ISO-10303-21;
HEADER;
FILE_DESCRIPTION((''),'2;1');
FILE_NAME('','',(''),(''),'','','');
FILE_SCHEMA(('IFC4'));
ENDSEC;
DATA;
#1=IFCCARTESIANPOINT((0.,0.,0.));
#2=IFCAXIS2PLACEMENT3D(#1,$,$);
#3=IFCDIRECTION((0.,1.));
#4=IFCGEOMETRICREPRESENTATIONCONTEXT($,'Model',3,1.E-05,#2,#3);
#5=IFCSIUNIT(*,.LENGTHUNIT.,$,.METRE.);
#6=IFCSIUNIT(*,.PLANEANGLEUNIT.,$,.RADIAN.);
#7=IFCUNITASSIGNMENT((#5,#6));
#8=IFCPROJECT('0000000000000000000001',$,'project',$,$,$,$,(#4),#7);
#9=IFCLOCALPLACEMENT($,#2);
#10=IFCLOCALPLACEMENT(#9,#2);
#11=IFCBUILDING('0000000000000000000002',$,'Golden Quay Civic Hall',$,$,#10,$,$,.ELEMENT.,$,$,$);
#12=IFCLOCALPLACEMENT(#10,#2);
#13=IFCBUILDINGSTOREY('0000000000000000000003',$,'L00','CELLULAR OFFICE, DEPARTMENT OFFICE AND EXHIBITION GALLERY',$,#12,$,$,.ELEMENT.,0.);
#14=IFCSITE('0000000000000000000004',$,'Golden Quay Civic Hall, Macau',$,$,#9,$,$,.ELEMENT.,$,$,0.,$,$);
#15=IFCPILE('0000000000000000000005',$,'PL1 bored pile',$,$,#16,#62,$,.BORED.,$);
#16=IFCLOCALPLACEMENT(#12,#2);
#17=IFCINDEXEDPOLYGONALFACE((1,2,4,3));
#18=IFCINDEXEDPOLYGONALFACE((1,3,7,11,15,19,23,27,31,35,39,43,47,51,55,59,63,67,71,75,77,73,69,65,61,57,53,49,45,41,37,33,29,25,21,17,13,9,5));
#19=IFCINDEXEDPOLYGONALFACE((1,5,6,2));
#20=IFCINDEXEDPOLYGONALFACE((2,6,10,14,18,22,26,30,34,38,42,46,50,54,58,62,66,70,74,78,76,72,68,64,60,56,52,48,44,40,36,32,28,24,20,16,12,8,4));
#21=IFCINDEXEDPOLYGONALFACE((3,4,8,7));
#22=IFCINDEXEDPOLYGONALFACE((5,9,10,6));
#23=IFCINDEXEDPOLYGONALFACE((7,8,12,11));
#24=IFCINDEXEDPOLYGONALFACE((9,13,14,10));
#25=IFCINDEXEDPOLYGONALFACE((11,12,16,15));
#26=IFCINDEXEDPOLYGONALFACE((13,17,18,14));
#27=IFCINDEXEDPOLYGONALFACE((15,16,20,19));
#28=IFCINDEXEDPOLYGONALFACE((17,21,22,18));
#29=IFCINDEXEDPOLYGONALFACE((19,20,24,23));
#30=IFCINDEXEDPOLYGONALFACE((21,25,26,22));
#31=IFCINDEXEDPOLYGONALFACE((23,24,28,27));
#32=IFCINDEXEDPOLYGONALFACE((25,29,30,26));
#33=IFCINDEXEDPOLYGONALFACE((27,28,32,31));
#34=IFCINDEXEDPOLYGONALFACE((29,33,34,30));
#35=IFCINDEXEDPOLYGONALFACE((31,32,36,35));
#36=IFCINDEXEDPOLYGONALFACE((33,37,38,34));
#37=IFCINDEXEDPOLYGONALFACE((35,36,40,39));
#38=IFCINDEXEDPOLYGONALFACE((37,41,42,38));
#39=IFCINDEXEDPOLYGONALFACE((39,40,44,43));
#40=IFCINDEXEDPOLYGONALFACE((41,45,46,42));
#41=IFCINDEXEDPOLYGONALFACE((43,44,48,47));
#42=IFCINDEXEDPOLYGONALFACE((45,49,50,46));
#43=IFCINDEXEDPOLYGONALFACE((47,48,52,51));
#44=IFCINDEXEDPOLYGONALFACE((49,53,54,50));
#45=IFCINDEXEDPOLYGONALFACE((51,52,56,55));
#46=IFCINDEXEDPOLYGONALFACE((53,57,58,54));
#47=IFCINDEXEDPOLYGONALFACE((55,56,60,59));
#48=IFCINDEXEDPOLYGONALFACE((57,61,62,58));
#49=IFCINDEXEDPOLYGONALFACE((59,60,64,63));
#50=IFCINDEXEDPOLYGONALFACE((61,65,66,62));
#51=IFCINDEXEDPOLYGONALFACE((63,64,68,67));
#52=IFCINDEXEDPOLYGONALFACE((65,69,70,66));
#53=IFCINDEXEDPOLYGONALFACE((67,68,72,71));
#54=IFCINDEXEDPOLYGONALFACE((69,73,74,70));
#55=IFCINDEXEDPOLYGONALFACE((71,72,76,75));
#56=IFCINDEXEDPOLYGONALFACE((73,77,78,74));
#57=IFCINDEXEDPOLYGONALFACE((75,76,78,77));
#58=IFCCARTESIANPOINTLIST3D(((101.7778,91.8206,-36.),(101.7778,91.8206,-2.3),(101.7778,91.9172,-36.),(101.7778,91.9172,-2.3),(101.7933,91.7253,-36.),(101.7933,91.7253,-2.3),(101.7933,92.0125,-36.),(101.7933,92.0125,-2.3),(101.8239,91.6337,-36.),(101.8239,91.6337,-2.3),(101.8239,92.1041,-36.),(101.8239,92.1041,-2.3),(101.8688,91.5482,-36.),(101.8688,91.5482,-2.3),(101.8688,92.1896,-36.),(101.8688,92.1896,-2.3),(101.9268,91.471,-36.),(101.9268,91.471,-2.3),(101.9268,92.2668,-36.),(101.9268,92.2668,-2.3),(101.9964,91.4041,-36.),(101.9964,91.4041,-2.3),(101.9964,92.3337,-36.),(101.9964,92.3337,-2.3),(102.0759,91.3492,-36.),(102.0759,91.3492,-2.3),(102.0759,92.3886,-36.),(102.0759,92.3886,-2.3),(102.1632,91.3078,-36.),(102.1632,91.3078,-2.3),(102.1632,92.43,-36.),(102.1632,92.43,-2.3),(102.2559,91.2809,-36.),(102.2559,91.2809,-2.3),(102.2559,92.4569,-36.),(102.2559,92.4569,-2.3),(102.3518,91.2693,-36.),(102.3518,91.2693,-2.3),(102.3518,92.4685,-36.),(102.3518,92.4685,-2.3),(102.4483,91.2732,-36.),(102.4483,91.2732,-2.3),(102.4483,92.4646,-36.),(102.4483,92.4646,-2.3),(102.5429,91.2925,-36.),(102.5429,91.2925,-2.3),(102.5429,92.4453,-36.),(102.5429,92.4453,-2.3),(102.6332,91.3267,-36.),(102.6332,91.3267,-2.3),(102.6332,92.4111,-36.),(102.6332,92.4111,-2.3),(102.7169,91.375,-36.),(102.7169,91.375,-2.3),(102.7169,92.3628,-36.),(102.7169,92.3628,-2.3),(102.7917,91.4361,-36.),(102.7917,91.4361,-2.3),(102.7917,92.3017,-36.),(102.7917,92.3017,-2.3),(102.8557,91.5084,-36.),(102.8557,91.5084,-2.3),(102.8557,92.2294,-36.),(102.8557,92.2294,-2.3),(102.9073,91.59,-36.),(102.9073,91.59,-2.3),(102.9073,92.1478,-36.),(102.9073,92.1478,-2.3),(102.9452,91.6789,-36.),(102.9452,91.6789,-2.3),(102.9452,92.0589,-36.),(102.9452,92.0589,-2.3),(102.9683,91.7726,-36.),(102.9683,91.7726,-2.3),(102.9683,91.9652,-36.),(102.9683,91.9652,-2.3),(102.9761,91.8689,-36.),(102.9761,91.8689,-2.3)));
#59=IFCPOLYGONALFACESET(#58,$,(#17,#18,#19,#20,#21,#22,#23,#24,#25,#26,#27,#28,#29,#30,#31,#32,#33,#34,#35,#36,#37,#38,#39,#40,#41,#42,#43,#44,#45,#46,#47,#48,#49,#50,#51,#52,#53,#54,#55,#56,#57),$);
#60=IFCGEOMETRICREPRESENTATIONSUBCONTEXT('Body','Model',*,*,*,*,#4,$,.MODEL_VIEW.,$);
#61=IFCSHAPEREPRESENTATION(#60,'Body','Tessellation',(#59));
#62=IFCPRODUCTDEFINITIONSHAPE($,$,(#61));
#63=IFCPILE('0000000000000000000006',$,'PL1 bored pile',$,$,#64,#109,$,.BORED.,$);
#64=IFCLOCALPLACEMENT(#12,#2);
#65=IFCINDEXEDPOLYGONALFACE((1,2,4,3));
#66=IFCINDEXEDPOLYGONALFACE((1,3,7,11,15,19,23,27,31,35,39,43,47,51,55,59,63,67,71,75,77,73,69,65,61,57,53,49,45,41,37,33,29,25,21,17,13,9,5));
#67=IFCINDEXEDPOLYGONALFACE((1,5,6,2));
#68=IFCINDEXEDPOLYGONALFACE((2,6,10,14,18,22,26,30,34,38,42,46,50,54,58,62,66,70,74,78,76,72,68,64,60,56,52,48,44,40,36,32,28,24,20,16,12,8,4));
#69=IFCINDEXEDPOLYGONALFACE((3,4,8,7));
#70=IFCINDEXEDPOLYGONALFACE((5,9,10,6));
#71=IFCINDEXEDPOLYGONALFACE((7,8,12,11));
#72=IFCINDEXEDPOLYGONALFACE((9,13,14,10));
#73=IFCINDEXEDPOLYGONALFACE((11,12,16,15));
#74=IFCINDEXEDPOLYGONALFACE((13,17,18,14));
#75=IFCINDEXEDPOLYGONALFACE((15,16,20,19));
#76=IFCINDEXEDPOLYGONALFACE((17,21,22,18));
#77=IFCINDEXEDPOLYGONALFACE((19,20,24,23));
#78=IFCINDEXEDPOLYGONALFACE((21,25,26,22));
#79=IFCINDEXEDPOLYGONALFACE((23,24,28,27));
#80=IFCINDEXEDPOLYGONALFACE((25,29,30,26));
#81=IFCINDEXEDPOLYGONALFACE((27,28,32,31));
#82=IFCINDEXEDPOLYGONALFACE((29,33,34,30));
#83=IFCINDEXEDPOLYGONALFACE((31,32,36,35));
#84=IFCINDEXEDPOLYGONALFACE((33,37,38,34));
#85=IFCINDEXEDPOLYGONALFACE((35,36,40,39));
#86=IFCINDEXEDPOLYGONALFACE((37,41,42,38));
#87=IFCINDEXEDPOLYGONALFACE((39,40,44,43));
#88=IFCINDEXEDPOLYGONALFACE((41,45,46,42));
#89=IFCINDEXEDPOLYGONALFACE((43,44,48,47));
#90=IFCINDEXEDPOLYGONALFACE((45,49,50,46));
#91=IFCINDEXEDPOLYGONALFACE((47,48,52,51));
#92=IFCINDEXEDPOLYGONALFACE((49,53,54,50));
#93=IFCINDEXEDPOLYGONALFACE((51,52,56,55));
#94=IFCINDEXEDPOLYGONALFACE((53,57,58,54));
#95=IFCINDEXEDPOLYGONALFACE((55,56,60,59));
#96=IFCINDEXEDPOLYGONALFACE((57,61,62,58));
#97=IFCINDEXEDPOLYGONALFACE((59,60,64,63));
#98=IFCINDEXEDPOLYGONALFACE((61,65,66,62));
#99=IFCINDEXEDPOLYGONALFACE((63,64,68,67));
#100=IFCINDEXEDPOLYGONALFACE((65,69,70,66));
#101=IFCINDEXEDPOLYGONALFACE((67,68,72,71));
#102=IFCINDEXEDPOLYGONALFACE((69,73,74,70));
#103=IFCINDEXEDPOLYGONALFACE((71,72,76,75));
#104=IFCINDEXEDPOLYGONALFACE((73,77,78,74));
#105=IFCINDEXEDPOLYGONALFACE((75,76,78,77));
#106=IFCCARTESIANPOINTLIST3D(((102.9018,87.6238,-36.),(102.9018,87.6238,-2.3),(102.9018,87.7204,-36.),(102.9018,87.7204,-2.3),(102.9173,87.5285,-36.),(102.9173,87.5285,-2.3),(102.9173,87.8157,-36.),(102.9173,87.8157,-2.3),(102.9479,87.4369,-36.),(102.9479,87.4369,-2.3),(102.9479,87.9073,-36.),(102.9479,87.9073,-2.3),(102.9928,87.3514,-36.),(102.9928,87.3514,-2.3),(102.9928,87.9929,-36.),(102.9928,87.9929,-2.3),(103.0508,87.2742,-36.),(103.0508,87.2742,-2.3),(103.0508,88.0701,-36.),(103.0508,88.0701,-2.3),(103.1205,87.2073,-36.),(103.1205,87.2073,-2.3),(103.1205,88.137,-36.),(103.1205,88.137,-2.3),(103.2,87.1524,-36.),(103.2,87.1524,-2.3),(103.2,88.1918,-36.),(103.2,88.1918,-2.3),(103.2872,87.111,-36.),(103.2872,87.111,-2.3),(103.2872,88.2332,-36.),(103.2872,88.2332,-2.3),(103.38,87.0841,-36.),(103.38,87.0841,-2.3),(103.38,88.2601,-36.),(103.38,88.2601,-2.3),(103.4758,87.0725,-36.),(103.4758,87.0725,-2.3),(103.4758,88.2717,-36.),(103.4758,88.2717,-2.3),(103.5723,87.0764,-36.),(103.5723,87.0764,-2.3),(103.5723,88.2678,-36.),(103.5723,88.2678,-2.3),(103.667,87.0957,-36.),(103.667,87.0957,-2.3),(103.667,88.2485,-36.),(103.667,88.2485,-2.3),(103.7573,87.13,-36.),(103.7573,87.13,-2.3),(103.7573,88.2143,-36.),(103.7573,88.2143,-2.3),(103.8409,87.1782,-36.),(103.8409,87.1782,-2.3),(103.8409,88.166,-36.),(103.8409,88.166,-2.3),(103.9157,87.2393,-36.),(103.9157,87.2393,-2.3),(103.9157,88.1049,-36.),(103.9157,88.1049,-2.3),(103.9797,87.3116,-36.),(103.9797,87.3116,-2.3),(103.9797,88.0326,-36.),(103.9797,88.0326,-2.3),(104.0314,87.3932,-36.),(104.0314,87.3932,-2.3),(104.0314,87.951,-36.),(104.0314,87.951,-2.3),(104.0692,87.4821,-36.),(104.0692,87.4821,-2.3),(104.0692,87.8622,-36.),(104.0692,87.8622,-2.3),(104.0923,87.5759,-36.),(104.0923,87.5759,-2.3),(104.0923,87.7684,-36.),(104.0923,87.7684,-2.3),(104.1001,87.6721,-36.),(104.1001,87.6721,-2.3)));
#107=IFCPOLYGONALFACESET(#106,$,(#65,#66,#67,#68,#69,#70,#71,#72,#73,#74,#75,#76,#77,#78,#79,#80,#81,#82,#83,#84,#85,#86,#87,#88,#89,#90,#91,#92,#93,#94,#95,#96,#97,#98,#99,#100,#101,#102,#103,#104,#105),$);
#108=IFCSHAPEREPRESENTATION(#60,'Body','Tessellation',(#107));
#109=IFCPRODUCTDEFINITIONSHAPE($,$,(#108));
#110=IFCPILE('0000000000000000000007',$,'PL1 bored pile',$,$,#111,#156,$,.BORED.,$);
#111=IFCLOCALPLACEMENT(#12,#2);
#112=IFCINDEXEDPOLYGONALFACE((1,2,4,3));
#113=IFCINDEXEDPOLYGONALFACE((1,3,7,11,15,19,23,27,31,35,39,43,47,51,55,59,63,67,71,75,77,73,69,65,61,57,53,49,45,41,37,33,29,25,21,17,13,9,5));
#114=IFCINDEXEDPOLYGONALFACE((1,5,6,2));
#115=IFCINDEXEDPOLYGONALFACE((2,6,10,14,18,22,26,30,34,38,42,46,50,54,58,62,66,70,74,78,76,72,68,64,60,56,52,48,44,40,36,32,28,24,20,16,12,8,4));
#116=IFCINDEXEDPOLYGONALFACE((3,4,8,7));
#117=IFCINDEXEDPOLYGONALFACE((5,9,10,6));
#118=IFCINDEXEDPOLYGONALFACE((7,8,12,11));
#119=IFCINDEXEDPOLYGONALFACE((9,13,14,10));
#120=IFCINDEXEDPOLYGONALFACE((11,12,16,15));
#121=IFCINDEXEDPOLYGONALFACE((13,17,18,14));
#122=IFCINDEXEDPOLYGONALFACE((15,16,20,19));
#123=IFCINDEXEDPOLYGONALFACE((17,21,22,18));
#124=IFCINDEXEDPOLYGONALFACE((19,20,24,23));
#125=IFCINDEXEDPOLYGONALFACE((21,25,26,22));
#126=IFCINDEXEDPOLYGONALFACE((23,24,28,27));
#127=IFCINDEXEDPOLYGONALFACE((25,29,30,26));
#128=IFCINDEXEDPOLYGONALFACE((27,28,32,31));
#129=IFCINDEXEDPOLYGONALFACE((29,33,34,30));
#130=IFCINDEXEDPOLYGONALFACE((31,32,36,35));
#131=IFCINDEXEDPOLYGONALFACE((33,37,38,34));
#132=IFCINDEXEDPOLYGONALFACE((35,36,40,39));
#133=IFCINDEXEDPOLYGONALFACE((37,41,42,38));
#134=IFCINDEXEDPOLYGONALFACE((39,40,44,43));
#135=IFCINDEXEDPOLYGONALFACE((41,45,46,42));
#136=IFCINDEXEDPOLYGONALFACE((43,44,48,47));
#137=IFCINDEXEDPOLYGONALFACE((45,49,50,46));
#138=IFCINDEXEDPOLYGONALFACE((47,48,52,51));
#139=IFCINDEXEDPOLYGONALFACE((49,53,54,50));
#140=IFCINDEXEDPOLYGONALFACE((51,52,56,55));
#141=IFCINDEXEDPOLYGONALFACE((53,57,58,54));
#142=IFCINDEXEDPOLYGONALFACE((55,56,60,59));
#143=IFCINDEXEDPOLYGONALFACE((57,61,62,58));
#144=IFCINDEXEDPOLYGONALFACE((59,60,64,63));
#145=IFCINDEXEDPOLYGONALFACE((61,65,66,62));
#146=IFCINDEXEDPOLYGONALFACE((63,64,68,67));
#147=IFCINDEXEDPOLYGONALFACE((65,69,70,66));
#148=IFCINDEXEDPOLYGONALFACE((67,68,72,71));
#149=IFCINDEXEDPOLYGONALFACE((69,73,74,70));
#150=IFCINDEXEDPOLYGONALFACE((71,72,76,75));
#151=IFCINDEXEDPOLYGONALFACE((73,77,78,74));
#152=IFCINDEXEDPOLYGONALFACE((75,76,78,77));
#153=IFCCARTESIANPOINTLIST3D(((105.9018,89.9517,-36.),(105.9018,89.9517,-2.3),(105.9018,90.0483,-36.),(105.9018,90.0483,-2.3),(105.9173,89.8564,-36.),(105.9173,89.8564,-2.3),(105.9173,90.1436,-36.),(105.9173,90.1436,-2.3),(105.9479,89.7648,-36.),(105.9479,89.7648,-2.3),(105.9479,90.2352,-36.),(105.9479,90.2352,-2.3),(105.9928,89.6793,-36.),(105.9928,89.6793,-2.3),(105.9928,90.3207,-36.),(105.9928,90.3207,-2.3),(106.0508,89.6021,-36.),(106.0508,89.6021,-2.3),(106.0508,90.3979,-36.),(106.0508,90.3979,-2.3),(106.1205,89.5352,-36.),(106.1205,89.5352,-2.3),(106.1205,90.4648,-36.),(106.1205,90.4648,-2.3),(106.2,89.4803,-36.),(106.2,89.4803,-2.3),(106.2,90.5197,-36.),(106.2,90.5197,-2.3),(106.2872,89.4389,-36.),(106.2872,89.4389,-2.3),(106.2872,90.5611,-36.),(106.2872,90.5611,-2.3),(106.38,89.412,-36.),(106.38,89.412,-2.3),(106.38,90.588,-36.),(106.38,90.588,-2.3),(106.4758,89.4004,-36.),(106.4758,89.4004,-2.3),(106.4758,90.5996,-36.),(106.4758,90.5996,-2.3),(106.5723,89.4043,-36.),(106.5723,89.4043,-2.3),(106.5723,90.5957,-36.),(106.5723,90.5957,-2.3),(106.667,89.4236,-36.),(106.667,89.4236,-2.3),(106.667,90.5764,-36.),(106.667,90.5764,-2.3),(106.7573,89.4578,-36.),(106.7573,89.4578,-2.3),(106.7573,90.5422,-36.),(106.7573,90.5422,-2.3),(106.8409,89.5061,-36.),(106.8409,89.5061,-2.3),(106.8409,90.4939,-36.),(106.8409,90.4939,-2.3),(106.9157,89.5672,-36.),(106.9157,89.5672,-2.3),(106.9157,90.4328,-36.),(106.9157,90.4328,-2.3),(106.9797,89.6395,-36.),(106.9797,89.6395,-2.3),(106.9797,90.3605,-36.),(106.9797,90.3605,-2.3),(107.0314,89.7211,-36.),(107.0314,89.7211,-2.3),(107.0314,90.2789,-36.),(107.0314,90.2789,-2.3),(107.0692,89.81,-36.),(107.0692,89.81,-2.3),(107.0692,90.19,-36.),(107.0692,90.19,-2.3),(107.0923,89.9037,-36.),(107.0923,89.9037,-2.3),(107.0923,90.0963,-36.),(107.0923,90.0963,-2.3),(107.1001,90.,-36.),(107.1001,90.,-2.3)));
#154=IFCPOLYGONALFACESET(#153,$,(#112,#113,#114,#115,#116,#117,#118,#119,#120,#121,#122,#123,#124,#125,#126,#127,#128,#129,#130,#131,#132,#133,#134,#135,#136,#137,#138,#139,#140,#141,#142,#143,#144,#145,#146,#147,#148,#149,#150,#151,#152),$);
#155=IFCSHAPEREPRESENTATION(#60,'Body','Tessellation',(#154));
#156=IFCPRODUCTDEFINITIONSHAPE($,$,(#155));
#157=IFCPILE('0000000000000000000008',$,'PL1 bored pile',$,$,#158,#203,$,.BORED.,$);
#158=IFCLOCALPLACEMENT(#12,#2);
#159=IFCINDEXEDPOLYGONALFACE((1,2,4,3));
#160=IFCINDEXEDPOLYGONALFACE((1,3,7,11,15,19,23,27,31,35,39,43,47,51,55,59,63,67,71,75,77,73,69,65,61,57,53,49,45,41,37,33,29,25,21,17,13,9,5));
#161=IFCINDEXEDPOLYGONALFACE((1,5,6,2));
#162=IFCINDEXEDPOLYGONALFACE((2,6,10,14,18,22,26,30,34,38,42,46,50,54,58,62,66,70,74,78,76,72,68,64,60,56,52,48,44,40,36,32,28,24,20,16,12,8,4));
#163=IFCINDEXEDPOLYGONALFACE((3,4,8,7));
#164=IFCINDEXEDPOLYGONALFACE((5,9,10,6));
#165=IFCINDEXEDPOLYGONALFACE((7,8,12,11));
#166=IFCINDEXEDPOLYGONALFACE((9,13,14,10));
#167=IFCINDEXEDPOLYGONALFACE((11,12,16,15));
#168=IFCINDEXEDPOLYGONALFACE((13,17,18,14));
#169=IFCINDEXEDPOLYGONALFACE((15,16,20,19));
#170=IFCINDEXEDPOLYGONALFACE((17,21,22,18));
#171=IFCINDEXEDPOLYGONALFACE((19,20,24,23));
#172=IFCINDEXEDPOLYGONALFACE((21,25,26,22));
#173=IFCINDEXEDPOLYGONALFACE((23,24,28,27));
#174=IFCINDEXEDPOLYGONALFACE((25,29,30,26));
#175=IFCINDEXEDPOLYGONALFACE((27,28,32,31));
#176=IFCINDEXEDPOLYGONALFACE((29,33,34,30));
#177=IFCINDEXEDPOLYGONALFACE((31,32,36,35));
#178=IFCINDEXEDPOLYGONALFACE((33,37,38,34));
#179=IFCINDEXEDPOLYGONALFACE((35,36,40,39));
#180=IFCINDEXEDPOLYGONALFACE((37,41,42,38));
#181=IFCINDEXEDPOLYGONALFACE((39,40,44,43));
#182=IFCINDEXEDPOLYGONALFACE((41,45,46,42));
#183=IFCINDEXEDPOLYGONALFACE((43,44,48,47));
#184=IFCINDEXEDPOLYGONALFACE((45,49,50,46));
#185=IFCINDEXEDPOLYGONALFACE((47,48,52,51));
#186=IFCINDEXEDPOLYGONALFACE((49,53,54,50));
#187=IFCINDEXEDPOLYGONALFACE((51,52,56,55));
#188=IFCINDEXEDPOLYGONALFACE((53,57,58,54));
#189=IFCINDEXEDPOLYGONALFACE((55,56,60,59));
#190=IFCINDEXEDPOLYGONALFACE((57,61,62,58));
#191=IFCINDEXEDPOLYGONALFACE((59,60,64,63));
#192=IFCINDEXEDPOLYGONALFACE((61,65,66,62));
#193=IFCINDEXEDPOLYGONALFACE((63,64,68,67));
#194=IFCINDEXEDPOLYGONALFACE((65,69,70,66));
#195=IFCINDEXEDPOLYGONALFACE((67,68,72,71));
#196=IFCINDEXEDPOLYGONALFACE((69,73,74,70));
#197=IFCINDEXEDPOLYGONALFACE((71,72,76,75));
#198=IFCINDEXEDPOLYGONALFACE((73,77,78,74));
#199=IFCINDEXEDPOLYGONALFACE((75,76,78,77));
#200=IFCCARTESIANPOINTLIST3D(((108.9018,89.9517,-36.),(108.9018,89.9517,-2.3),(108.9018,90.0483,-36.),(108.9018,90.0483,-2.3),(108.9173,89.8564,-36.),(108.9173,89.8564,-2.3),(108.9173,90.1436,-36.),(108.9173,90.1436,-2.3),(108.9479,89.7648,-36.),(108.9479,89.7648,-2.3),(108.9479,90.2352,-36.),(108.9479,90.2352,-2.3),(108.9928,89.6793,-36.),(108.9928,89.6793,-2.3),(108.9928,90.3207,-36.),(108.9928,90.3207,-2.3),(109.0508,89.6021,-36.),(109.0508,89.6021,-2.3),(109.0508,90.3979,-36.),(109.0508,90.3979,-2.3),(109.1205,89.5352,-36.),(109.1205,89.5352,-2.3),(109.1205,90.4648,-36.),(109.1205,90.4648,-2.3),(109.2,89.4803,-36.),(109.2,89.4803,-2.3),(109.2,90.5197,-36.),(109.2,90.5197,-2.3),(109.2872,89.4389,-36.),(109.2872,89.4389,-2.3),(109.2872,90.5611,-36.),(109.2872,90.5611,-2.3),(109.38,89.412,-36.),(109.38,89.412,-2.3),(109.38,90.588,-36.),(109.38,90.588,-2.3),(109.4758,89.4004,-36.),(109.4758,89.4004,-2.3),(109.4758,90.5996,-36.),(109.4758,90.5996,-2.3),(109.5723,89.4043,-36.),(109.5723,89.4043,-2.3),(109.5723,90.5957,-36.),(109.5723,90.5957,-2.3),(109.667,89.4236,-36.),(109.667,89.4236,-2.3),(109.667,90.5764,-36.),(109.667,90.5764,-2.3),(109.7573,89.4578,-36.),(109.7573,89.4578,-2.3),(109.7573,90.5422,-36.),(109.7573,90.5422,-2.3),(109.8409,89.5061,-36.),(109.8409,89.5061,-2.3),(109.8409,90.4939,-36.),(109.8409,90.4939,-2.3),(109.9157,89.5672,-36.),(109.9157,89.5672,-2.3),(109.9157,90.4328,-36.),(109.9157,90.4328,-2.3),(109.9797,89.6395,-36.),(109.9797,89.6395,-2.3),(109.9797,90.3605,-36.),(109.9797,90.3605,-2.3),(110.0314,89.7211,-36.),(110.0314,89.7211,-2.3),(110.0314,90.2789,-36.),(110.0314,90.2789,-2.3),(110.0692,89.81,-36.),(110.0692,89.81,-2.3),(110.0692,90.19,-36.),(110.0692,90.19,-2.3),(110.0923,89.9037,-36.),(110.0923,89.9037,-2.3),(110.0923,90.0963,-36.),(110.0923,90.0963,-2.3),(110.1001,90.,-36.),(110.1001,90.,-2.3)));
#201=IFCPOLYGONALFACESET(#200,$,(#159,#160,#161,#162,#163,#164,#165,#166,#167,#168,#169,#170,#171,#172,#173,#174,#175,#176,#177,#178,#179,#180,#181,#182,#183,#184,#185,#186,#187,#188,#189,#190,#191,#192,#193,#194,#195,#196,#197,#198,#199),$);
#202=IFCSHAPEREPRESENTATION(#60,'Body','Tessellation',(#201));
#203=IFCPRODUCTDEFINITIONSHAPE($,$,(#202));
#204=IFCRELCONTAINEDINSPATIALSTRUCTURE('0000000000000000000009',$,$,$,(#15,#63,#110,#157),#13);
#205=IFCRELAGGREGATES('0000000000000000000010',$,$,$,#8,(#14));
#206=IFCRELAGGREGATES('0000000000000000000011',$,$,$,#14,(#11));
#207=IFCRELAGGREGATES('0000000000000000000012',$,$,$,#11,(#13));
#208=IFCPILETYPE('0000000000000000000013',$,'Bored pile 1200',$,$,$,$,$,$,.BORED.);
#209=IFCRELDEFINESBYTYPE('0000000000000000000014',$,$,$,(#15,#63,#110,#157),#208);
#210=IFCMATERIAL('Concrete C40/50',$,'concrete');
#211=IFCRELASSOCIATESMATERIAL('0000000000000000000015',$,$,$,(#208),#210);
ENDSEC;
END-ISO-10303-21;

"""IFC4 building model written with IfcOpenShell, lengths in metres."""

from ifc_helpers import new_model, si_unit, direction, frame, origin, origin_2d, place, context, subcontext, project, spatial, circle, extrude, material, material_profile, profile_set, type_object, element, save


model = new_model("IFC4")

# Units and contexts
model_context = context("Model", 3, precision=1e-05, world=origin(), true_north=direction((0.0, 1.0)))
body_context = subcontext(model_context, "Body", "Model", "MODEL_VIEW")
ifc_project = project(units=[si_unit("LENGTHUNIT", "METRE"), si_unit("PLANEANGLEUNIT", "RADIAN")], contexts=[model_context])

# Site, building, storey
site_placement = place(None, origin())
site = spatial("IfcSite", under=ifc_project, at=site_placement, Name="Golden Quay Civic Hall, Macau", CompositionType="ELEMENT", RefElevation=0.0)
building_placement = place(site_placement, origin())
building = spatial("IfcBuilding", under=site, at=building_placement, Name="Golden Quay Civic Hall", CompositionType="ELEMENT")
storey_placement = place(building_placement, origin())
storey = spatial("IfcBuildingStorey", under=building, at=storey_placement, Name="L00", Description="CELLULAR OFFICE, DEPARTMENT OFFICE AND EXHIBITION GALLERY", CompositionType="ELEMENT", Elevation=0.0)

# Piles
ifc_material_1 = material(Name="Concrete C40/50", Category="concrete")
ifc_material_profile_1 = material_profile(ifc_material_1, circle(Radius=0.6001, at=origin_2d()), Name="RC D1200")
ifc_profile_set_1 = profile_set([ifc_material_profile_1], Name="Concrete C40/50")
pile_type_1 = type_object("IfcPileType", Name="Bored pile 1200", PredefinedType="BORED", material=ifc_profile_set_1)
for number, where, z_axis, x_axis, name in (
    (1, (102.376, 91.8689, -2.3), (0.0, 0.0, -1.0), (1.0, 0.0, 0.0), "PL1 bored pile"),
    (2, (103.5, 87.6721, -2.3), (0.0, 0.0, -1.0), (1.0, 0.0, 0.0), "PL1 bored pile"),
    (3, (106.5, 90.0, -2.3), (0.0, 0.0, -1.0), (1.0, 0.0, 0.0), "PL1 bored pile"),
    (4, (109.5, 90.0, -2.3), (0.0, 0.0, -1.0), (1.0, 0.0, 0.0), "PL1 bored pile"),
):
    element("IfcPile", number, at=place(storey_placement, frame(where, z_axis=z_axis, x_axis=x_axis)), inside=storey, type_object=pile_type_1, Name=name, PredefinedType="BORED", context=body_context, shape_type="SweptSolid", body=[
        extrude(circle(Radius=0.6001, at=origin_2d()), origin(), (0.0, 0.0, 1.0), 33.7),
    ])

save(model, "model.ifc")
